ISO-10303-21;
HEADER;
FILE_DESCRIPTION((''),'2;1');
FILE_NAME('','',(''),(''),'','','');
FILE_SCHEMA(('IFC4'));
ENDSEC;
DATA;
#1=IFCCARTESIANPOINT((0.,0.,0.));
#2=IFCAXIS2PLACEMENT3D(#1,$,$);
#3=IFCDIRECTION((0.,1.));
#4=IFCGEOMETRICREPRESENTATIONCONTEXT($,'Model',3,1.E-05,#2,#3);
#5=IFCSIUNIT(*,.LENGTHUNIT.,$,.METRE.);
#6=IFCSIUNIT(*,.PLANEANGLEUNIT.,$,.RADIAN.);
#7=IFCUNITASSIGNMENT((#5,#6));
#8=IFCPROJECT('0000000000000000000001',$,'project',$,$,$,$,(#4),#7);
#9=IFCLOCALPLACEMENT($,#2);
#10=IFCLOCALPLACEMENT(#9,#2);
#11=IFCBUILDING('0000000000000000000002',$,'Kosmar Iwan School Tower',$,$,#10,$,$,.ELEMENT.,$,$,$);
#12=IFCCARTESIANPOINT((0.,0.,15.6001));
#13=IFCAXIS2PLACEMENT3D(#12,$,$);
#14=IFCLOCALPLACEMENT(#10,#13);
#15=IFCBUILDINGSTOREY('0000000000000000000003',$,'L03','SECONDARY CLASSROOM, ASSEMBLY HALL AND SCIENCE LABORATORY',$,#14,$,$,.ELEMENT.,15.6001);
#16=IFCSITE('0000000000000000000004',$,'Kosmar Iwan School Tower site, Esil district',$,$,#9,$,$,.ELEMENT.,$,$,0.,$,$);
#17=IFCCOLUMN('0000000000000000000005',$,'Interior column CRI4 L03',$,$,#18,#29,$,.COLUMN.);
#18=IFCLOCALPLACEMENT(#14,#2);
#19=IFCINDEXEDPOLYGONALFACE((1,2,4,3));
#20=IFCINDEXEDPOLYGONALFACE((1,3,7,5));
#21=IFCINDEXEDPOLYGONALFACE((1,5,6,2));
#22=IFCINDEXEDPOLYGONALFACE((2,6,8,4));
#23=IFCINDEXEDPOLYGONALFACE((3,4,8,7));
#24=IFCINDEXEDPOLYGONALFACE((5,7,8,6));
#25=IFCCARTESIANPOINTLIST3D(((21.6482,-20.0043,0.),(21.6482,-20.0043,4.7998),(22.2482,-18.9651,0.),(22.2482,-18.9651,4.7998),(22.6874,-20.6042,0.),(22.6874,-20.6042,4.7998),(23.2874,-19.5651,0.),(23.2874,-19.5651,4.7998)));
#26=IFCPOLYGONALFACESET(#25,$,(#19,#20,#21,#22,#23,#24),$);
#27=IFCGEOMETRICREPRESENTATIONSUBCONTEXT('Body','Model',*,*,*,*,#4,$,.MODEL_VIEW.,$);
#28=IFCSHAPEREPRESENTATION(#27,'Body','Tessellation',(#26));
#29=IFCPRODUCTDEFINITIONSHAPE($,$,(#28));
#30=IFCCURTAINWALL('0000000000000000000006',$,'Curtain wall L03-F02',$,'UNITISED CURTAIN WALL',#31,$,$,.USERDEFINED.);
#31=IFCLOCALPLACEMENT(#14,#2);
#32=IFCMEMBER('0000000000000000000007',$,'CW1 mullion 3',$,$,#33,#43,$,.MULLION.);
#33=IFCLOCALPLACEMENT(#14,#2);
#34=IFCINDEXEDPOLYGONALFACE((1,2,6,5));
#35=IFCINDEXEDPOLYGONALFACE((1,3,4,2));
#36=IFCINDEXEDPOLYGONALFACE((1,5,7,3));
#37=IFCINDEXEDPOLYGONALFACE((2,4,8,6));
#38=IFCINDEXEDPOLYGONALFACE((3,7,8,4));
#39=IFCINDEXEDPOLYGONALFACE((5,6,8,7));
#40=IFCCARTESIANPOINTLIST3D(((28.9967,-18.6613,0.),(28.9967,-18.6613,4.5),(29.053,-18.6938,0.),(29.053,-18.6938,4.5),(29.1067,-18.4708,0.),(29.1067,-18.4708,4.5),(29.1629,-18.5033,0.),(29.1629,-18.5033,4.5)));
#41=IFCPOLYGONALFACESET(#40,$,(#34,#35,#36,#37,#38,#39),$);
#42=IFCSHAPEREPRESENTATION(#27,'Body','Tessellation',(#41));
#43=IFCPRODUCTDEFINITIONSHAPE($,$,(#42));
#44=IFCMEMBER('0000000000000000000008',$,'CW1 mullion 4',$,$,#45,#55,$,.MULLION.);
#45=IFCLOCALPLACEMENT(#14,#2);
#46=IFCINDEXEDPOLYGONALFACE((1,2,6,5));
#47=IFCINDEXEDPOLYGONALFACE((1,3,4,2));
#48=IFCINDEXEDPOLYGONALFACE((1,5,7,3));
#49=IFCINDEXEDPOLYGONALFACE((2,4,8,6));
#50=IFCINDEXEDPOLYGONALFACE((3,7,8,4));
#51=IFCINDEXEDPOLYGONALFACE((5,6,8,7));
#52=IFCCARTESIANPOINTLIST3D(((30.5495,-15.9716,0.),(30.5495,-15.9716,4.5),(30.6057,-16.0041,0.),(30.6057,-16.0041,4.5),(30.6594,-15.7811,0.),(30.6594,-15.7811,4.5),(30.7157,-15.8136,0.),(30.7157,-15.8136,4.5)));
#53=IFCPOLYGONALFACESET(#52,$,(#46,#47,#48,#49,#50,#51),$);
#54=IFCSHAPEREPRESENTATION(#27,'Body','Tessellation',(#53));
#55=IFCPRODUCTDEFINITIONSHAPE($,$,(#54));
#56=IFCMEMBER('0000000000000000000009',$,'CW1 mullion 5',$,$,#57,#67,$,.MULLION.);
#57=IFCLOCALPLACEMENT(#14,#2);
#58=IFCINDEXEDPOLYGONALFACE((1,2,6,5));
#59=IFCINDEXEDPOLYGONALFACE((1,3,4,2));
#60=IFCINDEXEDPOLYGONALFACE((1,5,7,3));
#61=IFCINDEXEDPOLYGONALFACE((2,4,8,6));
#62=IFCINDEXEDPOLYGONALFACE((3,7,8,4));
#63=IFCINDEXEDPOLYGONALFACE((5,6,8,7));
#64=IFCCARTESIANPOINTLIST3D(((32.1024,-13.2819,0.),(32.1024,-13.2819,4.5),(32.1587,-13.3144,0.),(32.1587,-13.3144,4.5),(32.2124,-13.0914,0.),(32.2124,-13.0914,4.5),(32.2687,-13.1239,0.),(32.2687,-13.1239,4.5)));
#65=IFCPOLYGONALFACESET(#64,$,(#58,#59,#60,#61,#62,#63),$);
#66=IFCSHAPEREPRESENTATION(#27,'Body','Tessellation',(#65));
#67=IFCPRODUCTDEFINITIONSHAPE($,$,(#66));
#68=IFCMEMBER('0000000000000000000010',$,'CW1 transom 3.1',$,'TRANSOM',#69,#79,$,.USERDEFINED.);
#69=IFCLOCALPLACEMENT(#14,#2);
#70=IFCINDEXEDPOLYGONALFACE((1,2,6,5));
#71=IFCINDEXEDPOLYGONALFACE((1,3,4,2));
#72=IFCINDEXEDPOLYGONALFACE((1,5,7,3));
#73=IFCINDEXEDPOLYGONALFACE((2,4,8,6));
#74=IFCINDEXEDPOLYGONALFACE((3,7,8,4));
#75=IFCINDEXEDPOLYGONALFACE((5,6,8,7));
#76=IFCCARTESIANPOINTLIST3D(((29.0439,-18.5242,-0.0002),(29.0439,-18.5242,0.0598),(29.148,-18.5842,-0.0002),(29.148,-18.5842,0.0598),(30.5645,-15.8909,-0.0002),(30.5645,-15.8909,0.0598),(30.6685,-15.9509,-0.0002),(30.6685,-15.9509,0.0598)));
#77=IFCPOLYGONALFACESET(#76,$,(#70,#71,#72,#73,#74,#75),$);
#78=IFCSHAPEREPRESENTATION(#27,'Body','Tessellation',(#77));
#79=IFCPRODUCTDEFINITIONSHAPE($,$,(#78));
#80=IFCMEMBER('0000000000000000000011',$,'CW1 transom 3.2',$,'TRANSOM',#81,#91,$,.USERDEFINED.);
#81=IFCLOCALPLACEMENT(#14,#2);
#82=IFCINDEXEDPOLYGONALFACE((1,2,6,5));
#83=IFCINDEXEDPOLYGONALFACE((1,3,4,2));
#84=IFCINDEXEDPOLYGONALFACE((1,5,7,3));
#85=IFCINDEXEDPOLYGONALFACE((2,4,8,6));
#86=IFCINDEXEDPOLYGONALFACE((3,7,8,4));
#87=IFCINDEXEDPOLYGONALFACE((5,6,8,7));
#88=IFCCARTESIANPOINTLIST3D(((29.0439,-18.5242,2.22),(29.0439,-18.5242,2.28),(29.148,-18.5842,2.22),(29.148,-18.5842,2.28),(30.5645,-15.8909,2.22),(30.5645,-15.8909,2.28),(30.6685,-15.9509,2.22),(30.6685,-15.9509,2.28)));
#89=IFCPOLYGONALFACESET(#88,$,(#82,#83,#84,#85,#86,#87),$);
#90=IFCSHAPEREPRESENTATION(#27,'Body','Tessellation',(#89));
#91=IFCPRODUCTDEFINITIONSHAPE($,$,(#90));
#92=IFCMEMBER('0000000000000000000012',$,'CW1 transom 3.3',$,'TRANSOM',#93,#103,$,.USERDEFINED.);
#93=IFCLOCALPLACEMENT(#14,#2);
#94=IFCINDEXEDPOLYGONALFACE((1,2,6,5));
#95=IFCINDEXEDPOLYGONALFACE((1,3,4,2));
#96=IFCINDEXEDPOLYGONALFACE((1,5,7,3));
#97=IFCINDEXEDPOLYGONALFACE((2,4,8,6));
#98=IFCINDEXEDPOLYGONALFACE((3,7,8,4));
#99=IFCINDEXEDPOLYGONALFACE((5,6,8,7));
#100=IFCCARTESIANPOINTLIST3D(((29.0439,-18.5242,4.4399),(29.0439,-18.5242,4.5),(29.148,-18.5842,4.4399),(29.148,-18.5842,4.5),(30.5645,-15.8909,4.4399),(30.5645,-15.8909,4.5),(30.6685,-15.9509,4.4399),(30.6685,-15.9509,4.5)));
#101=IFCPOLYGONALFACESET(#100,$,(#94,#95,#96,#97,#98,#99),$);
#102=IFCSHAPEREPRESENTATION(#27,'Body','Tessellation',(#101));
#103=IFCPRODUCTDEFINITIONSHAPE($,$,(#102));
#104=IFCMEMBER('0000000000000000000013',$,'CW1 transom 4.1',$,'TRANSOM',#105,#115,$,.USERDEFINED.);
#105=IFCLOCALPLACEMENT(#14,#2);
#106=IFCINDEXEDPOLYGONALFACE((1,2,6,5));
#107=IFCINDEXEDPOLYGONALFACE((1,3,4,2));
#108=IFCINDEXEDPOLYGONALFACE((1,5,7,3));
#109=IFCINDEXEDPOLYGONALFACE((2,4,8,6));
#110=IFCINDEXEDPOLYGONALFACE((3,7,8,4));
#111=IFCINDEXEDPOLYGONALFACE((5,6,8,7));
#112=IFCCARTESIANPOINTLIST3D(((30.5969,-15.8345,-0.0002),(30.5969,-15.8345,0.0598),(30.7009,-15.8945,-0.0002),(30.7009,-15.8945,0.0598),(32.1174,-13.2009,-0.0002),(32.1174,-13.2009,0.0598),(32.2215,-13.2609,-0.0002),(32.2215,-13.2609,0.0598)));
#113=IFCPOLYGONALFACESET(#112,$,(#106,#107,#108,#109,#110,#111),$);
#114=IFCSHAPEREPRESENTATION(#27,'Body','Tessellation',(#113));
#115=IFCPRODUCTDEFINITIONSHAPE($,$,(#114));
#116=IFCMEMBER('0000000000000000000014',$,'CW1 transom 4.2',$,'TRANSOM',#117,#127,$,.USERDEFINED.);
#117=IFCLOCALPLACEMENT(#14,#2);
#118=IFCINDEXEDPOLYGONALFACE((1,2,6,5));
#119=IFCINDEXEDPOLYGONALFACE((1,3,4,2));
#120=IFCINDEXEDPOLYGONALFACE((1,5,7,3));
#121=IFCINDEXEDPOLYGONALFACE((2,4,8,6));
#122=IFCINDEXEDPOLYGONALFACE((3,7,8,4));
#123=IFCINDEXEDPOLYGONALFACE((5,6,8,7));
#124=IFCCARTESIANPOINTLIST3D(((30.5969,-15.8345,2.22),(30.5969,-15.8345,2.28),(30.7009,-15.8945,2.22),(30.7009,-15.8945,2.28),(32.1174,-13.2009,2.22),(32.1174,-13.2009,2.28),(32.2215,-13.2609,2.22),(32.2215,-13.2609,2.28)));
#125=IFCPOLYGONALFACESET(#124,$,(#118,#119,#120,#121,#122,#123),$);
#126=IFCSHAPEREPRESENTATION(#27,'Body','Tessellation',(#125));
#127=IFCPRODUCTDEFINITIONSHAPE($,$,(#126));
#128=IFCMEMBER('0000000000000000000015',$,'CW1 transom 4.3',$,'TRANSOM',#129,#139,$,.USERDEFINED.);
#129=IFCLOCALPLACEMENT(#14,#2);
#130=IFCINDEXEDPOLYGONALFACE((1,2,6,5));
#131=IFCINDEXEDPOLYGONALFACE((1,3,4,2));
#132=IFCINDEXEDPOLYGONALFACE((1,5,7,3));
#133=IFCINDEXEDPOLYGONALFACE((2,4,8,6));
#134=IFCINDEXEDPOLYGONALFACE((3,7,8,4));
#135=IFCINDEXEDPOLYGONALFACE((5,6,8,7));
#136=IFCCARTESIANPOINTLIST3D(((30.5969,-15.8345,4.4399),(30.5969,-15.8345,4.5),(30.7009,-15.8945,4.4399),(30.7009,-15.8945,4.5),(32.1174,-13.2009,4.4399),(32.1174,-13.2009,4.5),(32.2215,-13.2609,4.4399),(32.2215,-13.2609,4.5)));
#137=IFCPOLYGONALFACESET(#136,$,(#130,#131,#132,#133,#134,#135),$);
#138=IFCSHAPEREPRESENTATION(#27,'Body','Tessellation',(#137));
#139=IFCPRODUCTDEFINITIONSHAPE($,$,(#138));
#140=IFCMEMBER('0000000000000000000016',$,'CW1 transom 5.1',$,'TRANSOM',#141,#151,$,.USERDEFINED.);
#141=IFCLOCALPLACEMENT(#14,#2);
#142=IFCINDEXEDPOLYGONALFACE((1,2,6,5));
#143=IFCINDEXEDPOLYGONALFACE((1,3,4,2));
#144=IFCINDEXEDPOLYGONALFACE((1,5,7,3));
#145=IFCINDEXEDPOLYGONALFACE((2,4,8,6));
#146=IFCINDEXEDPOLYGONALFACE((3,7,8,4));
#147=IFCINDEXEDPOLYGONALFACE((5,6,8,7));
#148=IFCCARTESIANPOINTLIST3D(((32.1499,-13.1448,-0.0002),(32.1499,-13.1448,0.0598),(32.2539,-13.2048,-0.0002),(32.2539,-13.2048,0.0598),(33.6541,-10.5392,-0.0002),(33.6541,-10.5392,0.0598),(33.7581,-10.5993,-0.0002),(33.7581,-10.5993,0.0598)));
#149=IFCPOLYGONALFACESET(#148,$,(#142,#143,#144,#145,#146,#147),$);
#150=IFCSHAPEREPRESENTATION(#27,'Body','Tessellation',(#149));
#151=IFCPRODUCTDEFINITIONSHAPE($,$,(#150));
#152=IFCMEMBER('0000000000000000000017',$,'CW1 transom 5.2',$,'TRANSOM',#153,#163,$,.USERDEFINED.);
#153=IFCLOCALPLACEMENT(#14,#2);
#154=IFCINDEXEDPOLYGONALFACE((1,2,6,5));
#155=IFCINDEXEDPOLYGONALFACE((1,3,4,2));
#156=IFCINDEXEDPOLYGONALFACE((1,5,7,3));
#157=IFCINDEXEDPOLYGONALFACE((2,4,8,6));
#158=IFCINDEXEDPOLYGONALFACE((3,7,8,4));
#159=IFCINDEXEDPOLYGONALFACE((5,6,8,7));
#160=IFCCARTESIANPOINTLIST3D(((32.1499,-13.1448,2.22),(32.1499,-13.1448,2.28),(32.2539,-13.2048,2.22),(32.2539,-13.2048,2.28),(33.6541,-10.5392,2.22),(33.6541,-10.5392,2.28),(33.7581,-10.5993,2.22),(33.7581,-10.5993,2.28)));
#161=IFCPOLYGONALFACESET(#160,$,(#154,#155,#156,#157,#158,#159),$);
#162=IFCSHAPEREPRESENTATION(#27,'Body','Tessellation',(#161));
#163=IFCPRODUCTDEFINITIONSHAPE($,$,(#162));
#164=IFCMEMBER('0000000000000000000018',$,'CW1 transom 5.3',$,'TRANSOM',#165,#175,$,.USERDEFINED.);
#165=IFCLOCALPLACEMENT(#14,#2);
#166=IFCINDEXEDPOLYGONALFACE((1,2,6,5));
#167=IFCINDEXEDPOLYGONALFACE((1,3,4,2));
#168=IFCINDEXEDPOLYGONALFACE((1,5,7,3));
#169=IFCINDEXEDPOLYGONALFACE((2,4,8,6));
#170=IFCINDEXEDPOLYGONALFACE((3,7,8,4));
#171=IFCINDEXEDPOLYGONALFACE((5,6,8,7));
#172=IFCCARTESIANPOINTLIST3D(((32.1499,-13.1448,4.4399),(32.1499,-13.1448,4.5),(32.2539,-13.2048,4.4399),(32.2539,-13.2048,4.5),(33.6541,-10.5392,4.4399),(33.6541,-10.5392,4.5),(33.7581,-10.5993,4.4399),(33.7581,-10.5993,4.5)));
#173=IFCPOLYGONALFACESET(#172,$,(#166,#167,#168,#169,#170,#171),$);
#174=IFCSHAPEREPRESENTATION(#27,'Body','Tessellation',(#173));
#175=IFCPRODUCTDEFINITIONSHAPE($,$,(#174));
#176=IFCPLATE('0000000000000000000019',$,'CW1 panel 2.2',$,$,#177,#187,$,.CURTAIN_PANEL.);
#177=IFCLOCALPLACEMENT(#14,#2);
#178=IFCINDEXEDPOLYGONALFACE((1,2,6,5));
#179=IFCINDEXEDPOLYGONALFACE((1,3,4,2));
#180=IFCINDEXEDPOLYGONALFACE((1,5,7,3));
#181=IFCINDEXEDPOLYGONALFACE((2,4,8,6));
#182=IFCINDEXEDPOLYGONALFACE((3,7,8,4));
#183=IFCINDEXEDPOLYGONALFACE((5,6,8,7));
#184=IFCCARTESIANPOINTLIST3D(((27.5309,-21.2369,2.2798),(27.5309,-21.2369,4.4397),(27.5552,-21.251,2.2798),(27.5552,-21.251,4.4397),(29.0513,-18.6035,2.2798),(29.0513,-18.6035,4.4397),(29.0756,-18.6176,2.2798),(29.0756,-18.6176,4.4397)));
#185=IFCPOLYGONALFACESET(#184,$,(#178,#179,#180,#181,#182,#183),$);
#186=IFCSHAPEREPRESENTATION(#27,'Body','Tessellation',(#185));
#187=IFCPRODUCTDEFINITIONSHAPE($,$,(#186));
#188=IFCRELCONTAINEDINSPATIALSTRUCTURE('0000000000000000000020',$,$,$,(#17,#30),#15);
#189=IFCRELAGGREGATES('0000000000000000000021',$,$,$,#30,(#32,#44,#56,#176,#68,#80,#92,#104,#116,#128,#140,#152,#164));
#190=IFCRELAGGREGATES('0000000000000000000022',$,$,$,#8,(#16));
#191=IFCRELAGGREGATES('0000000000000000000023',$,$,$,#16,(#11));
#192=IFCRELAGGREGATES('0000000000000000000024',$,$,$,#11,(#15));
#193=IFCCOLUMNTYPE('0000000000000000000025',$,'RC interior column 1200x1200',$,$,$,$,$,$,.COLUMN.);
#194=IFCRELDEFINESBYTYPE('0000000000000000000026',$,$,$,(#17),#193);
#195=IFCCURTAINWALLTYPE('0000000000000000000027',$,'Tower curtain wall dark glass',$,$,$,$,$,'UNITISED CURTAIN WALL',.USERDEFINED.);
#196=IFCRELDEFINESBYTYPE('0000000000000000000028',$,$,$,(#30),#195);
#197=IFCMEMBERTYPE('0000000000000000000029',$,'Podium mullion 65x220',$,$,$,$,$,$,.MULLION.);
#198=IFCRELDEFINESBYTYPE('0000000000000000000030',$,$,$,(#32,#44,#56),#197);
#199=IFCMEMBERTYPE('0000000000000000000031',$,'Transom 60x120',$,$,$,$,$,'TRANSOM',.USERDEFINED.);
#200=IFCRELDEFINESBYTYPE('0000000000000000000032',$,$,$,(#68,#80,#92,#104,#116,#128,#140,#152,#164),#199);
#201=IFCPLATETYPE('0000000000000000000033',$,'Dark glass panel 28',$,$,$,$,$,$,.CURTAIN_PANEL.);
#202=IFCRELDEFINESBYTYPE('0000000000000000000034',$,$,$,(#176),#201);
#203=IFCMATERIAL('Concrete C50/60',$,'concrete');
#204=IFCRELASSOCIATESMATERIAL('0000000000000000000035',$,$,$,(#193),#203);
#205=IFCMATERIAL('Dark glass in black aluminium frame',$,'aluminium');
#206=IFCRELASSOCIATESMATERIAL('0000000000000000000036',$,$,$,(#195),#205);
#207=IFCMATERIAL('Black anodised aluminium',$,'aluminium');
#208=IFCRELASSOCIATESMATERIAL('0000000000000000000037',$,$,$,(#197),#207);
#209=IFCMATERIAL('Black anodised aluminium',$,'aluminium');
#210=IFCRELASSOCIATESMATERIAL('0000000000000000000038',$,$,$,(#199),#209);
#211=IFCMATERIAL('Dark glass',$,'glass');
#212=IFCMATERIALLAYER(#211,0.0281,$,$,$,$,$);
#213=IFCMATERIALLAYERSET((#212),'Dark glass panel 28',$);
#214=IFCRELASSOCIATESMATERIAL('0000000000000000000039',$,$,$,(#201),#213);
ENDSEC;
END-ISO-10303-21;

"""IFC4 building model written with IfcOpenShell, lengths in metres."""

from ifc_helpers import new_model, si_unit, direction, frame, origin, origin_2d, place, context, subcontext, project, spatial, rectangle, extrude, material, layer, layer_set, material_profile, profile_set, type_object, element, aggregate, save


model = new_model("IFC4")

# Units and contexts
model_context = context("Model", 3, precision=1e-05, world=origin(), true_north=direction((0.0, 1.0)))
body_context = subcontext(model_context, "Body", "Model", "MODEL_VIEW")
ifc_project = project(units=[si_unit("LENGTHUNIT", "METRE"), si_unit("PLANEANGLEUNIT", "RADIAN")], contexts=[model_context])

# Site, building, storey
site_placement = place(None, origin())
site = spatial("IfcSite", under=ifc_project, at=site_placement, Name="Kosmar Iwan School Tower site, Esil district", CompositionType="ELEMENT", RefElevation=0.0)
building_placement = place(site_placement, origin())
building = spatial("IfcBuilding", under=site, at=building_placement, Name="Kosmar Iwan School Tower", CompositionType="ELEMENT")
storey_placement = place(building_placement, frame((0.0, 0.0, 15.6001)))
storey = spatial("IfcBuildingStorey", under=building, at=storey_placement, Name="L03", Description="SECONDARY CLASSROOM, ASSEMBLY HALL AND SCIENCE LABORATORY", CompositionType="ELEMENT", Elevation=15.6001)

# Column
ifc_material_1 = material(Name="Concrete C50/60", Category="concrete")
ifc_material_profile_1 = material_profile(ifc_material_1, rectangle(XDim=1.2, YDim=1.2, at=origin_2d()), Name="RC 1200x1200")
ifc_profile_set_1 = profile_set([ifc_material_profile_1], Name="Concrete C50/60")
column_type = type_object("IfcColumnType", Name="RC interior column 1200x1200", PredefinedType="COLUMN", material=ifc_profile_set_1)
column_placement = place(storey_placement, frame((22.4678, -19.7847, 0.0), z_axis=(0.0, 0.0, 1.0), x_axis=(0.866025, -0.5, 0.0)))
element("IfcColumn", 1, at=column_placement, inside=storey, type_object=column_type, Name="Interior column CRI4 L03", PredefinedType="COLUMN", context=body_context, shape_type="SweptSolid", body=[
    extrude(rectangle(XDim=1.2, YDim=1.2, at=origin_2d()), origin(), (0.0, 0.0, 1.0), 4.7998),
])

# Curtain wall, members, plate
ifc_material_2 = material(Name="Dark glass in black aluminium frame", Category="aluminium")
curtain_wall_type = type_object("IfcCurtainWallType", Name="Tower curtain wall dark glass", ElementType="UNITISED CURTAIN WALL", PredefinedType="USERDEFINED", material=ifc_material_2)
curtain_wall_placement = place(storey_placement, origin())
curtain_wall = element("IfcCurtainWall", 2, at=curtain_wall_placement, inside=storey, type_object=curtain_wall_type, Name="Curtain wall L03-F02", ObjectType="UNITISED CURTAIN WALL", PredefinedType="USERDEFINED")
ifc_material_3 = material(Name="Black anodised aluminium", Category="aluminium")
ifc_material_profile_2 = material_profile(ifc_material_3, rectangle(XDim=0.0649, YDim=0.22, at=origin_2d()), Name="MULLION 65x220")
ifc_profile_set_2 = profile_set([ifc_material_profile_2], Name="Black anodised aluminium")
member_type_1 = type_object("IfcMemberType", Name="Podium mullion 65x220", PredefinedType="MULLION", material=ifc_profile_set_2)
member_1_placement = place(storey_placement, frame((29.0798, -18.5823, 0.0), z_axis=(0.0, 0.0, 1.0), x_axis=(-0.866025, 0.5, 0.0)))
member_1 = element("IfcMember", 3, at=member_1_placement, type_object=member_type_1, Name="CW1 mullion 3", PredefinedType="MULLION", context=body_context, shape_type="SweptSolid", body=[
    extrude(rectangle(XDim=0.0649, YDim=0.22, at=origin_2d()), origin(), (0.0, 0.0, 1.0), 4.5),
])
member_2_placement = place(storey_placement, frame((30.6326, -15.8926, 0.0), z_axis=(0.0, 0.0, 1.0), x_axis=(-0.866025, 0.5, 0.0)))
member_2 = element("IfcMember", 4, at=member_2_placement, type_object=member_type_1, Name="CW1 mullion 4", PredefinedType="MULLION", context=body_context, shape_type="SweptSolid", body=[
    extrude(rectangle(XDim=0.0649, YDim=0.22, at=origin_2d()), origin(), (0.0, 0.0, 1.0), 4.5),
])
member_3_placement = place(storey_placement, frame((32.1855, -13.2029, 0.0), z_axis=(0.0, 0.0, 1.0), x_axis=(-0.866025, 0.5, 0.0)))
member_3 = element("IfcMember", 5, at=member_3_placement, type_object=member_type_1, Name="CW1 mullion 5", PredefinedType="MULLION", context=body_context, shape_type="SweptSolid", body=[
    extrude(rectangle(XDim=0.0649, YDim=0.22, at=origin_2d()), origin(), (0.0, 0.0, 1.0), 4.5),
])
ifc_material_4 = material(Name="Black anodised aluminium", Category="aluminium")
ifc_material_profile_3 = material_profile(ifc_material_4, rectangle(XDim=0.1201, YDim=0.0601, at=origin_2d()), Name="TRANSOM 60x120")
ifc_profile_set_3 = profile_set([ifc_material_profile_3], Name="Black anodised aluminium")
member_type_2 = type_object("IfcMemberType", Name="Transom 60x120", ElementType="TRANSOM", PredefinedType="USERDEFINED", material=ifc_profile_set_3)
member_4_placement = place(storey_placement, frame((29.0959, -18.5542, 0.0298), z_axis=(0.500042, 0.866001, 0.0), x_axis=(-0.866001, 0.500042, 0.0)))
member_4 = element("IfcMember", 6, at=member_4_placement, type_object=member_type_2, Name="CW1 transom 3.1", ObjectType="TRANSOM", PredefinedType="USERDEFINED", context=body_context, shape_type="SweptSolid", body=[
    extrude(rectangle(XDim=0.1201, YDim=0.0601, at=origin_2d()), origin(), (0.0, 0.0, 1.0), 3.0408),
])
member_5_placement = place(storey_placement, frame((29.0959, -18.5542, 2.25), z_axis=(0.500042, 0.866001, 0.0), x_axis=(-0.866001, 0.500042, 0.0)))
member_5 = element("IfcMember", 7, at=member_5_placement, type_object=member_type_2, Name="CW1 transom 3.2", ObjectType="TRANSOM", PredefinedType="USERDEFINED", context=body_context, shape_type="SweptSolid", body=[
    extrude(rectangle(XDim=0.1201, YDim=0.0601, at=origin_2d()), origin(), (0.0, 0.0, 1.0), 3.0408),
])
member_6_placement = place(storey_placement, frame((29.0959, -18.5542, 4.47), z_axis=(0.500042, 0.866001, 0.0), x_axis=(-0.866001, 0.500042, 0.0)))
member_6 = element("IfcMember", 8, at=member_6_placement, type_object=member_type_2, Name="CW1 transom 3.3", ObjectType="TRANSOM", PredefinedType="USERDEFINED", context=body_context, shape_type="SweptSolid", body=[
    extrude(rectangle(XDim=0.1201, YDim=0.0601, at=origin_2d()), origin(), (0.0, 0.0, 1.0), 3.0408),
])
member_7_placement = place(storey_placement, frame((30.6489, -15.8645, 0.0298), z_axis=(0.500007, 0.866021, 0.0), x_axis=(-0.866021, 0.500007, 0.0)))
member_7 = element("IfcMember", 9, at=member_7_placement, type_object=member_type_2, Name="CW1 transom 4.1", ObjectType="TRANSOM", PredefinedType="USERDEFINED", context=body_context, shape_type="SweptSolid", body=[
    extrude(rectangle(XDim=0.1201, YDim=0.0601, at=origin_2d()), origin(), (0.0, 0.0, 1.0), 3.041),
])
member_8_placement = place(storey_placement, frame((30.6489, -15.8645, 2.25), z_axis=(0.500007, 0.866021, 0.0), x_axis=(-0.866021, 0.500007, 0.0)))
member_8 = element("IfcMember", 10, at=member_8_placement, type_object=member_type_2, Name="CW1 transom 4.2", ObjectType="TRANSOM", PredefinedType="USERDEFINED", context=body_context, shape_type="SweptSolid", body=[
    extrude(rectangle(XDim=0.1201, YDim=0.0601, at=origin_2d()), origin(), (0.0, 0.0, 1.0), 3.041),
])
member_9_placement = place(storey_placement, frame((30.6489, -15.8645, 4.47), z_axis=(0.500007, 0.866021, 0.0), x_axis=(-0.866021, 0.500007, 0.0)))
member_9 = element("IfcMember", 11, at=member_9_placement, type_object=member_type_2, Name="CW1 transom 4.3", ObjectType="TRANSOM", PredefinedType="USERDEFINED", context=body_context, shape_type="SweptSolid", body=[
    extrude(rectangle(XDim=0.1201, YDim=0.0601, at=origin_2d()), origin(), (0.0, 0.0, 1.0), 3.041),
])
member_10_placement = place(storey_placement, frame((32.2019, -13.1748, 0.0298), z_axis=(0.499971, 0.866042, 0.0), x_axis=(-0.866042, 0.499971, 0.0)))
member_10 = element("IfcMember", 12, at=member_10_placement, type_object=member_type_2, Name="CW1 transom 5.1", ObjectType="TRANSOM", PredefinedType="USERDEFINED", context=body_context, shape_type="SweptSolid", body=[
    extrude(rectangle(XDim=0.1201, YDim=0.0601, at=origin_2d()), origin(), (0.0, 0.0, 1.0), 3.0085),
])
member_11_placement = place(storey_placement, frame((32.2019, -13.1748, 2.25), z_axis=(0.499971, 0.866042, 0.0), x_axis=(-0.866042, 0.499971, 0.0)))
member_11 = element("IfcMember", 13, at=member_11_placement, type_object=member_type_2, Name="CW1 transom 5.2", ObjectType="TRANSOM", PredefinedType="USERDEFINED", context=body_context, shape_type="SweptSolid", body=[
    extrude(rectangle(XDim=0.1201, YDim=0.0601, at=origin_2d()), origin(), (0.0, 0.0, 1.0), 3.0085),
])
member_12_placement = place(storey_placement, frame((32.2019, -13.1748, 4.47), z_axis=(0.499971, 0.866042, 0.0), x_axis=(-0.866042, 0.499971, 0.0)))
member_12 = element("IfcMember", 14, at=member_12_placement, type_object=member_type_2, Name="CW1 transom 5.3", ObjectType="TRANSOM", PredefinedType="USERDEFINED", context=body_context, shape_type="SweptSolid", body=[
    extrude(rectangle(XDim=0.1201, YDim=0.0601, at=origin_2d()), origin(), (0.0, 0.0, 1.0), 3.0085),
])
ifc_material_5 = material(Name="Dark glass", Category="glass")
ifc_layer_1 = layer(ifc_material_5, 0.0281)
ifc_layer_set_1 = layer_set([ifc_layer_1], Name="Dark glass panel 28")
plate_type = type_object("IfcPlateType", Name="Dark glass panel 28", PredefinedType="CURTAIN_PANEL", material=ifc_layer_set_1)
plate_1_placement = place(storey_placement, frame((28.3032, -19.9272, 2.2798), z_axis=(0.0, 0.0, 1.0), x_axis=(0.5, 0.866025, 0.0)))
plate_1 = element("IfcPlate", 15, at=plate_1_placement, type_object=plate_type, Name="CW1 panel 2.2", PredefinedType="CURTAIN_PANEL", context=body_context, shape_type="SweptSolid", body=[
    extrude(rectangle(XDim=3.0408, YDim=0.0281, at=origin_2d()), origin(), (0.0, 0.0, 1.0), 2.1599),
])
aggregate(curtain_wall, [member_1, member_2, member_3, plate_1, member_4, member_5, member_6, member_7, member_8, member_9, member_10, member_11, member_12])

save(model, "model.ifc")
